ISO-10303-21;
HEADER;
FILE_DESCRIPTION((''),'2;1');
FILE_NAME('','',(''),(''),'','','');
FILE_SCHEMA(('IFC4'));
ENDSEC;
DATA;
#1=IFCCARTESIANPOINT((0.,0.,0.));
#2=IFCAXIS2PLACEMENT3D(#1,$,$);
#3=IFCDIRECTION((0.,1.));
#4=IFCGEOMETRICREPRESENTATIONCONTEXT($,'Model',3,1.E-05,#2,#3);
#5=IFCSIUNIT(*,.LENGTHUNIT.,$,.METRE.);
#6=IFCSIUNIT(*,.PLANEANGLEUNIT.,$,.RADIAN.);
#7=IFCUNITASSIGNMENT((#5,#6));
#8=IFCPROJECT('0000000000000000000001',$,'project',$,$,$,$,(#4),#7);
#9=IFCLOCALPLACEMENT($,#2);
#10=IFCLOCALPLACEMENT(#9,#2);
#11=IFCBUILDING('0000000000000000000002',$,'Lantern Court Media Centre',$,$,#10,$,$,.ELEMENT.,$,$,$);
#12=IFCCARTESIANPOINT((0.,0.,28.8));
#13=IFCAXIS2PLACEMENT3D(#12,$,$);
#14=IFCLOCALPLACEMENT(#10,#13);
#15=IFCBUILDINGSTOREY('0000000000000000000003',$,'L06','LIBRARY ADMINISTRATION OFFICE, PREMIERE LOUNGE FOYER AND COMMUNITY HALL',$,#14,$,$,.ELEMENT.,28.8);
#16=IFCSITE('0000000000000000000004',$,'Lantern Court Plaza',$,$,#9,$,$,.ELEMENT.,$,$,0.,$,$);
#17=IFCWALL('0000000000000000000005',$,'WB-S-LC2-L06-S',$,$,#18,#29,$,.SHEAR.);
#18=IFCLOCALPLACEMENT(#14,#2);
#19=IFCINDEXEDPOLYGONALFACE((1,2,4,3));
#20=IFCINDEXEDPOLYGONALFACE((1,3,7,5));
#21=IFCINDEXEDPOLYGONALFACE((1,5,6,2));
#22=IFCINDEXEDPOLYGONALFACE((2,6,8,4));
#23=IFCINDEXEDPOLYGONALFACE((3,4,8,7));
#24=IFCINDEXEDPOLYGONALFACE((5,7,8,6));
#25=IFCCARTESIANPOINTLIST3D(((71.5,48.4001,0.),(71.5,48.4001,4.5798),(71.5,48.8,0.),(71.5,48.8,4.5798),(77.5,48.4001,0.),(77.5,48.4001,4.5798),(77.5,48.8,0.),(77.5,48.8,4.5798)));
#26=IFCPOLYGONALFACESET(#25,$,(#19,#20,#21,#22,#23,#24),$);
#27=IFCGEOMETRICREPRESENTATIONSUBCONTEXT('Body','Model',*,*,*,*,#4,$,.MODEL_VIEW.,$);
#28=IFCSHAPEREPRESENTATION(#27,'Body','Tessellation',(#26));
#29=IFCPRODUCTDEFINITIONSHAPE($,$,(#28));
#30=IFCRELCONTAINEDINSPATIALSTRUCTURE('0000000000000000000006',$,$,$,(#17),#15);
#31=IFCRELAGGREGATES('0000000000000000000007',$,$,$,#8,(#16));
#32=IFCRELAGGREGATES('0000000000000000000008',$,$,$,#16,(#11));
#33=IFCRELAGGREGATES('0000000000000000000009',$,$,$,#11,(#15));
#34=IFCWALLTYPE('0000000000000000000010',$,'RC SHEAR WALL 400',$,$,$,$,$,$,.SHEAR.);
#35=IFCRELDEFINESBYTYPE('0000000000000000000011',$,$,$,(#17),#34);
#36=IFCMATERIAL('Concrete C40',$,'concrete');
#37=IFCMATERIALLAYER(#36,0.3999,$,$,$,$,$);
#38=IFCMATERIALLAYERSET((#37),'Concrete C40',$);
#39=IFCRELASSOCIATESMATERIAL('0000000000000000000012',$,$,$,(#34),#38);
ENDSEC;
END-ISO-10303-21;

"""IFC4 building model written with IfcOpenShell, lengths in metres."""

from ifc_helpers import new_model, si_unit, direction, frame, frame_2d, origin, place, context, subcontext, project, spatial, rectangle, extrude, material, layer, layer_set, type_object, element, save


model = new_model("IFC4")

# Units and contexts
model_context = context("Model", 3, precision=1e-05, world=origin(), true_north=direction((0.0, 1.0)))
body_context = subcontext(model_context, "Body", "Model", "MODEL_VIEW")
ifc_project = project(units=[si_unit("LENGTHUNIT", "METRE"), si_unit("PLANEANGLEUNIT", "RADIAN")], contexts=[model_context])

# Site, building, storey
site_placement = place(None, origin())
site = spatial("IfcSite", under=ifc_project, at=site_placement, Name="Lantern Court Plaza", CompositionType="ELEMENT", RefElevation=0.0)
building_placement = place(site_placement, origin())
building = spatial("IfcBuilding", under=site, at=building_placement, Name="Lantern Court Media Centre", CompositionType="ELEMENT")
storey_placement = place(building_placement, frame((0.0, 0.0, 28.8)))
storey = spatial("IfcBuildingStorey", under=building, at=storey_placement, Name="L06", Description="LIBRARY ADMINISTRATION OFFICE, PREMIERE LOUNGE FOYER AND COMMUNITY HALL", CompositionType="ELEMENT", Elevation=28.8)

# Wall
ifc_material_1 = material(Name="Concrete C40", Category="concrete")
ifc_layer_1 = layer(ifc_material_1, 0.3999)
ifc_layer_set_1 = layer_set([ifc_layer_1], Name="Concrete C40")
wall_type_1 = type_object("IfcWallType", Name="RC SHEAR WALL 400", PredefinedType="SHEAR", material=ifc_layer_set_1)
wall_1_placement = place(storey_placement, frame((71.5, 48.6001, 0.0), z_axis=(0.0, 0.0, 1.0), x_axis=(1.0, 0.0, 0.0)))
element("IfcWall", 1, at=wall_1_placement, inside=storey, type_object=wall_type_1, Name="WB-S-LC2-L06-S", PredefinedType="SHEAR", context=body_context, shape_type="SweptSolid", body=[
    extrude(rectangle(XDim=6.0, YDim=0.3999, at=frame_2d((3.0, 0.0))), origin(), (0.0, 0.0, 1.0), 4.5798),
])

save(model, "model.ifc")
